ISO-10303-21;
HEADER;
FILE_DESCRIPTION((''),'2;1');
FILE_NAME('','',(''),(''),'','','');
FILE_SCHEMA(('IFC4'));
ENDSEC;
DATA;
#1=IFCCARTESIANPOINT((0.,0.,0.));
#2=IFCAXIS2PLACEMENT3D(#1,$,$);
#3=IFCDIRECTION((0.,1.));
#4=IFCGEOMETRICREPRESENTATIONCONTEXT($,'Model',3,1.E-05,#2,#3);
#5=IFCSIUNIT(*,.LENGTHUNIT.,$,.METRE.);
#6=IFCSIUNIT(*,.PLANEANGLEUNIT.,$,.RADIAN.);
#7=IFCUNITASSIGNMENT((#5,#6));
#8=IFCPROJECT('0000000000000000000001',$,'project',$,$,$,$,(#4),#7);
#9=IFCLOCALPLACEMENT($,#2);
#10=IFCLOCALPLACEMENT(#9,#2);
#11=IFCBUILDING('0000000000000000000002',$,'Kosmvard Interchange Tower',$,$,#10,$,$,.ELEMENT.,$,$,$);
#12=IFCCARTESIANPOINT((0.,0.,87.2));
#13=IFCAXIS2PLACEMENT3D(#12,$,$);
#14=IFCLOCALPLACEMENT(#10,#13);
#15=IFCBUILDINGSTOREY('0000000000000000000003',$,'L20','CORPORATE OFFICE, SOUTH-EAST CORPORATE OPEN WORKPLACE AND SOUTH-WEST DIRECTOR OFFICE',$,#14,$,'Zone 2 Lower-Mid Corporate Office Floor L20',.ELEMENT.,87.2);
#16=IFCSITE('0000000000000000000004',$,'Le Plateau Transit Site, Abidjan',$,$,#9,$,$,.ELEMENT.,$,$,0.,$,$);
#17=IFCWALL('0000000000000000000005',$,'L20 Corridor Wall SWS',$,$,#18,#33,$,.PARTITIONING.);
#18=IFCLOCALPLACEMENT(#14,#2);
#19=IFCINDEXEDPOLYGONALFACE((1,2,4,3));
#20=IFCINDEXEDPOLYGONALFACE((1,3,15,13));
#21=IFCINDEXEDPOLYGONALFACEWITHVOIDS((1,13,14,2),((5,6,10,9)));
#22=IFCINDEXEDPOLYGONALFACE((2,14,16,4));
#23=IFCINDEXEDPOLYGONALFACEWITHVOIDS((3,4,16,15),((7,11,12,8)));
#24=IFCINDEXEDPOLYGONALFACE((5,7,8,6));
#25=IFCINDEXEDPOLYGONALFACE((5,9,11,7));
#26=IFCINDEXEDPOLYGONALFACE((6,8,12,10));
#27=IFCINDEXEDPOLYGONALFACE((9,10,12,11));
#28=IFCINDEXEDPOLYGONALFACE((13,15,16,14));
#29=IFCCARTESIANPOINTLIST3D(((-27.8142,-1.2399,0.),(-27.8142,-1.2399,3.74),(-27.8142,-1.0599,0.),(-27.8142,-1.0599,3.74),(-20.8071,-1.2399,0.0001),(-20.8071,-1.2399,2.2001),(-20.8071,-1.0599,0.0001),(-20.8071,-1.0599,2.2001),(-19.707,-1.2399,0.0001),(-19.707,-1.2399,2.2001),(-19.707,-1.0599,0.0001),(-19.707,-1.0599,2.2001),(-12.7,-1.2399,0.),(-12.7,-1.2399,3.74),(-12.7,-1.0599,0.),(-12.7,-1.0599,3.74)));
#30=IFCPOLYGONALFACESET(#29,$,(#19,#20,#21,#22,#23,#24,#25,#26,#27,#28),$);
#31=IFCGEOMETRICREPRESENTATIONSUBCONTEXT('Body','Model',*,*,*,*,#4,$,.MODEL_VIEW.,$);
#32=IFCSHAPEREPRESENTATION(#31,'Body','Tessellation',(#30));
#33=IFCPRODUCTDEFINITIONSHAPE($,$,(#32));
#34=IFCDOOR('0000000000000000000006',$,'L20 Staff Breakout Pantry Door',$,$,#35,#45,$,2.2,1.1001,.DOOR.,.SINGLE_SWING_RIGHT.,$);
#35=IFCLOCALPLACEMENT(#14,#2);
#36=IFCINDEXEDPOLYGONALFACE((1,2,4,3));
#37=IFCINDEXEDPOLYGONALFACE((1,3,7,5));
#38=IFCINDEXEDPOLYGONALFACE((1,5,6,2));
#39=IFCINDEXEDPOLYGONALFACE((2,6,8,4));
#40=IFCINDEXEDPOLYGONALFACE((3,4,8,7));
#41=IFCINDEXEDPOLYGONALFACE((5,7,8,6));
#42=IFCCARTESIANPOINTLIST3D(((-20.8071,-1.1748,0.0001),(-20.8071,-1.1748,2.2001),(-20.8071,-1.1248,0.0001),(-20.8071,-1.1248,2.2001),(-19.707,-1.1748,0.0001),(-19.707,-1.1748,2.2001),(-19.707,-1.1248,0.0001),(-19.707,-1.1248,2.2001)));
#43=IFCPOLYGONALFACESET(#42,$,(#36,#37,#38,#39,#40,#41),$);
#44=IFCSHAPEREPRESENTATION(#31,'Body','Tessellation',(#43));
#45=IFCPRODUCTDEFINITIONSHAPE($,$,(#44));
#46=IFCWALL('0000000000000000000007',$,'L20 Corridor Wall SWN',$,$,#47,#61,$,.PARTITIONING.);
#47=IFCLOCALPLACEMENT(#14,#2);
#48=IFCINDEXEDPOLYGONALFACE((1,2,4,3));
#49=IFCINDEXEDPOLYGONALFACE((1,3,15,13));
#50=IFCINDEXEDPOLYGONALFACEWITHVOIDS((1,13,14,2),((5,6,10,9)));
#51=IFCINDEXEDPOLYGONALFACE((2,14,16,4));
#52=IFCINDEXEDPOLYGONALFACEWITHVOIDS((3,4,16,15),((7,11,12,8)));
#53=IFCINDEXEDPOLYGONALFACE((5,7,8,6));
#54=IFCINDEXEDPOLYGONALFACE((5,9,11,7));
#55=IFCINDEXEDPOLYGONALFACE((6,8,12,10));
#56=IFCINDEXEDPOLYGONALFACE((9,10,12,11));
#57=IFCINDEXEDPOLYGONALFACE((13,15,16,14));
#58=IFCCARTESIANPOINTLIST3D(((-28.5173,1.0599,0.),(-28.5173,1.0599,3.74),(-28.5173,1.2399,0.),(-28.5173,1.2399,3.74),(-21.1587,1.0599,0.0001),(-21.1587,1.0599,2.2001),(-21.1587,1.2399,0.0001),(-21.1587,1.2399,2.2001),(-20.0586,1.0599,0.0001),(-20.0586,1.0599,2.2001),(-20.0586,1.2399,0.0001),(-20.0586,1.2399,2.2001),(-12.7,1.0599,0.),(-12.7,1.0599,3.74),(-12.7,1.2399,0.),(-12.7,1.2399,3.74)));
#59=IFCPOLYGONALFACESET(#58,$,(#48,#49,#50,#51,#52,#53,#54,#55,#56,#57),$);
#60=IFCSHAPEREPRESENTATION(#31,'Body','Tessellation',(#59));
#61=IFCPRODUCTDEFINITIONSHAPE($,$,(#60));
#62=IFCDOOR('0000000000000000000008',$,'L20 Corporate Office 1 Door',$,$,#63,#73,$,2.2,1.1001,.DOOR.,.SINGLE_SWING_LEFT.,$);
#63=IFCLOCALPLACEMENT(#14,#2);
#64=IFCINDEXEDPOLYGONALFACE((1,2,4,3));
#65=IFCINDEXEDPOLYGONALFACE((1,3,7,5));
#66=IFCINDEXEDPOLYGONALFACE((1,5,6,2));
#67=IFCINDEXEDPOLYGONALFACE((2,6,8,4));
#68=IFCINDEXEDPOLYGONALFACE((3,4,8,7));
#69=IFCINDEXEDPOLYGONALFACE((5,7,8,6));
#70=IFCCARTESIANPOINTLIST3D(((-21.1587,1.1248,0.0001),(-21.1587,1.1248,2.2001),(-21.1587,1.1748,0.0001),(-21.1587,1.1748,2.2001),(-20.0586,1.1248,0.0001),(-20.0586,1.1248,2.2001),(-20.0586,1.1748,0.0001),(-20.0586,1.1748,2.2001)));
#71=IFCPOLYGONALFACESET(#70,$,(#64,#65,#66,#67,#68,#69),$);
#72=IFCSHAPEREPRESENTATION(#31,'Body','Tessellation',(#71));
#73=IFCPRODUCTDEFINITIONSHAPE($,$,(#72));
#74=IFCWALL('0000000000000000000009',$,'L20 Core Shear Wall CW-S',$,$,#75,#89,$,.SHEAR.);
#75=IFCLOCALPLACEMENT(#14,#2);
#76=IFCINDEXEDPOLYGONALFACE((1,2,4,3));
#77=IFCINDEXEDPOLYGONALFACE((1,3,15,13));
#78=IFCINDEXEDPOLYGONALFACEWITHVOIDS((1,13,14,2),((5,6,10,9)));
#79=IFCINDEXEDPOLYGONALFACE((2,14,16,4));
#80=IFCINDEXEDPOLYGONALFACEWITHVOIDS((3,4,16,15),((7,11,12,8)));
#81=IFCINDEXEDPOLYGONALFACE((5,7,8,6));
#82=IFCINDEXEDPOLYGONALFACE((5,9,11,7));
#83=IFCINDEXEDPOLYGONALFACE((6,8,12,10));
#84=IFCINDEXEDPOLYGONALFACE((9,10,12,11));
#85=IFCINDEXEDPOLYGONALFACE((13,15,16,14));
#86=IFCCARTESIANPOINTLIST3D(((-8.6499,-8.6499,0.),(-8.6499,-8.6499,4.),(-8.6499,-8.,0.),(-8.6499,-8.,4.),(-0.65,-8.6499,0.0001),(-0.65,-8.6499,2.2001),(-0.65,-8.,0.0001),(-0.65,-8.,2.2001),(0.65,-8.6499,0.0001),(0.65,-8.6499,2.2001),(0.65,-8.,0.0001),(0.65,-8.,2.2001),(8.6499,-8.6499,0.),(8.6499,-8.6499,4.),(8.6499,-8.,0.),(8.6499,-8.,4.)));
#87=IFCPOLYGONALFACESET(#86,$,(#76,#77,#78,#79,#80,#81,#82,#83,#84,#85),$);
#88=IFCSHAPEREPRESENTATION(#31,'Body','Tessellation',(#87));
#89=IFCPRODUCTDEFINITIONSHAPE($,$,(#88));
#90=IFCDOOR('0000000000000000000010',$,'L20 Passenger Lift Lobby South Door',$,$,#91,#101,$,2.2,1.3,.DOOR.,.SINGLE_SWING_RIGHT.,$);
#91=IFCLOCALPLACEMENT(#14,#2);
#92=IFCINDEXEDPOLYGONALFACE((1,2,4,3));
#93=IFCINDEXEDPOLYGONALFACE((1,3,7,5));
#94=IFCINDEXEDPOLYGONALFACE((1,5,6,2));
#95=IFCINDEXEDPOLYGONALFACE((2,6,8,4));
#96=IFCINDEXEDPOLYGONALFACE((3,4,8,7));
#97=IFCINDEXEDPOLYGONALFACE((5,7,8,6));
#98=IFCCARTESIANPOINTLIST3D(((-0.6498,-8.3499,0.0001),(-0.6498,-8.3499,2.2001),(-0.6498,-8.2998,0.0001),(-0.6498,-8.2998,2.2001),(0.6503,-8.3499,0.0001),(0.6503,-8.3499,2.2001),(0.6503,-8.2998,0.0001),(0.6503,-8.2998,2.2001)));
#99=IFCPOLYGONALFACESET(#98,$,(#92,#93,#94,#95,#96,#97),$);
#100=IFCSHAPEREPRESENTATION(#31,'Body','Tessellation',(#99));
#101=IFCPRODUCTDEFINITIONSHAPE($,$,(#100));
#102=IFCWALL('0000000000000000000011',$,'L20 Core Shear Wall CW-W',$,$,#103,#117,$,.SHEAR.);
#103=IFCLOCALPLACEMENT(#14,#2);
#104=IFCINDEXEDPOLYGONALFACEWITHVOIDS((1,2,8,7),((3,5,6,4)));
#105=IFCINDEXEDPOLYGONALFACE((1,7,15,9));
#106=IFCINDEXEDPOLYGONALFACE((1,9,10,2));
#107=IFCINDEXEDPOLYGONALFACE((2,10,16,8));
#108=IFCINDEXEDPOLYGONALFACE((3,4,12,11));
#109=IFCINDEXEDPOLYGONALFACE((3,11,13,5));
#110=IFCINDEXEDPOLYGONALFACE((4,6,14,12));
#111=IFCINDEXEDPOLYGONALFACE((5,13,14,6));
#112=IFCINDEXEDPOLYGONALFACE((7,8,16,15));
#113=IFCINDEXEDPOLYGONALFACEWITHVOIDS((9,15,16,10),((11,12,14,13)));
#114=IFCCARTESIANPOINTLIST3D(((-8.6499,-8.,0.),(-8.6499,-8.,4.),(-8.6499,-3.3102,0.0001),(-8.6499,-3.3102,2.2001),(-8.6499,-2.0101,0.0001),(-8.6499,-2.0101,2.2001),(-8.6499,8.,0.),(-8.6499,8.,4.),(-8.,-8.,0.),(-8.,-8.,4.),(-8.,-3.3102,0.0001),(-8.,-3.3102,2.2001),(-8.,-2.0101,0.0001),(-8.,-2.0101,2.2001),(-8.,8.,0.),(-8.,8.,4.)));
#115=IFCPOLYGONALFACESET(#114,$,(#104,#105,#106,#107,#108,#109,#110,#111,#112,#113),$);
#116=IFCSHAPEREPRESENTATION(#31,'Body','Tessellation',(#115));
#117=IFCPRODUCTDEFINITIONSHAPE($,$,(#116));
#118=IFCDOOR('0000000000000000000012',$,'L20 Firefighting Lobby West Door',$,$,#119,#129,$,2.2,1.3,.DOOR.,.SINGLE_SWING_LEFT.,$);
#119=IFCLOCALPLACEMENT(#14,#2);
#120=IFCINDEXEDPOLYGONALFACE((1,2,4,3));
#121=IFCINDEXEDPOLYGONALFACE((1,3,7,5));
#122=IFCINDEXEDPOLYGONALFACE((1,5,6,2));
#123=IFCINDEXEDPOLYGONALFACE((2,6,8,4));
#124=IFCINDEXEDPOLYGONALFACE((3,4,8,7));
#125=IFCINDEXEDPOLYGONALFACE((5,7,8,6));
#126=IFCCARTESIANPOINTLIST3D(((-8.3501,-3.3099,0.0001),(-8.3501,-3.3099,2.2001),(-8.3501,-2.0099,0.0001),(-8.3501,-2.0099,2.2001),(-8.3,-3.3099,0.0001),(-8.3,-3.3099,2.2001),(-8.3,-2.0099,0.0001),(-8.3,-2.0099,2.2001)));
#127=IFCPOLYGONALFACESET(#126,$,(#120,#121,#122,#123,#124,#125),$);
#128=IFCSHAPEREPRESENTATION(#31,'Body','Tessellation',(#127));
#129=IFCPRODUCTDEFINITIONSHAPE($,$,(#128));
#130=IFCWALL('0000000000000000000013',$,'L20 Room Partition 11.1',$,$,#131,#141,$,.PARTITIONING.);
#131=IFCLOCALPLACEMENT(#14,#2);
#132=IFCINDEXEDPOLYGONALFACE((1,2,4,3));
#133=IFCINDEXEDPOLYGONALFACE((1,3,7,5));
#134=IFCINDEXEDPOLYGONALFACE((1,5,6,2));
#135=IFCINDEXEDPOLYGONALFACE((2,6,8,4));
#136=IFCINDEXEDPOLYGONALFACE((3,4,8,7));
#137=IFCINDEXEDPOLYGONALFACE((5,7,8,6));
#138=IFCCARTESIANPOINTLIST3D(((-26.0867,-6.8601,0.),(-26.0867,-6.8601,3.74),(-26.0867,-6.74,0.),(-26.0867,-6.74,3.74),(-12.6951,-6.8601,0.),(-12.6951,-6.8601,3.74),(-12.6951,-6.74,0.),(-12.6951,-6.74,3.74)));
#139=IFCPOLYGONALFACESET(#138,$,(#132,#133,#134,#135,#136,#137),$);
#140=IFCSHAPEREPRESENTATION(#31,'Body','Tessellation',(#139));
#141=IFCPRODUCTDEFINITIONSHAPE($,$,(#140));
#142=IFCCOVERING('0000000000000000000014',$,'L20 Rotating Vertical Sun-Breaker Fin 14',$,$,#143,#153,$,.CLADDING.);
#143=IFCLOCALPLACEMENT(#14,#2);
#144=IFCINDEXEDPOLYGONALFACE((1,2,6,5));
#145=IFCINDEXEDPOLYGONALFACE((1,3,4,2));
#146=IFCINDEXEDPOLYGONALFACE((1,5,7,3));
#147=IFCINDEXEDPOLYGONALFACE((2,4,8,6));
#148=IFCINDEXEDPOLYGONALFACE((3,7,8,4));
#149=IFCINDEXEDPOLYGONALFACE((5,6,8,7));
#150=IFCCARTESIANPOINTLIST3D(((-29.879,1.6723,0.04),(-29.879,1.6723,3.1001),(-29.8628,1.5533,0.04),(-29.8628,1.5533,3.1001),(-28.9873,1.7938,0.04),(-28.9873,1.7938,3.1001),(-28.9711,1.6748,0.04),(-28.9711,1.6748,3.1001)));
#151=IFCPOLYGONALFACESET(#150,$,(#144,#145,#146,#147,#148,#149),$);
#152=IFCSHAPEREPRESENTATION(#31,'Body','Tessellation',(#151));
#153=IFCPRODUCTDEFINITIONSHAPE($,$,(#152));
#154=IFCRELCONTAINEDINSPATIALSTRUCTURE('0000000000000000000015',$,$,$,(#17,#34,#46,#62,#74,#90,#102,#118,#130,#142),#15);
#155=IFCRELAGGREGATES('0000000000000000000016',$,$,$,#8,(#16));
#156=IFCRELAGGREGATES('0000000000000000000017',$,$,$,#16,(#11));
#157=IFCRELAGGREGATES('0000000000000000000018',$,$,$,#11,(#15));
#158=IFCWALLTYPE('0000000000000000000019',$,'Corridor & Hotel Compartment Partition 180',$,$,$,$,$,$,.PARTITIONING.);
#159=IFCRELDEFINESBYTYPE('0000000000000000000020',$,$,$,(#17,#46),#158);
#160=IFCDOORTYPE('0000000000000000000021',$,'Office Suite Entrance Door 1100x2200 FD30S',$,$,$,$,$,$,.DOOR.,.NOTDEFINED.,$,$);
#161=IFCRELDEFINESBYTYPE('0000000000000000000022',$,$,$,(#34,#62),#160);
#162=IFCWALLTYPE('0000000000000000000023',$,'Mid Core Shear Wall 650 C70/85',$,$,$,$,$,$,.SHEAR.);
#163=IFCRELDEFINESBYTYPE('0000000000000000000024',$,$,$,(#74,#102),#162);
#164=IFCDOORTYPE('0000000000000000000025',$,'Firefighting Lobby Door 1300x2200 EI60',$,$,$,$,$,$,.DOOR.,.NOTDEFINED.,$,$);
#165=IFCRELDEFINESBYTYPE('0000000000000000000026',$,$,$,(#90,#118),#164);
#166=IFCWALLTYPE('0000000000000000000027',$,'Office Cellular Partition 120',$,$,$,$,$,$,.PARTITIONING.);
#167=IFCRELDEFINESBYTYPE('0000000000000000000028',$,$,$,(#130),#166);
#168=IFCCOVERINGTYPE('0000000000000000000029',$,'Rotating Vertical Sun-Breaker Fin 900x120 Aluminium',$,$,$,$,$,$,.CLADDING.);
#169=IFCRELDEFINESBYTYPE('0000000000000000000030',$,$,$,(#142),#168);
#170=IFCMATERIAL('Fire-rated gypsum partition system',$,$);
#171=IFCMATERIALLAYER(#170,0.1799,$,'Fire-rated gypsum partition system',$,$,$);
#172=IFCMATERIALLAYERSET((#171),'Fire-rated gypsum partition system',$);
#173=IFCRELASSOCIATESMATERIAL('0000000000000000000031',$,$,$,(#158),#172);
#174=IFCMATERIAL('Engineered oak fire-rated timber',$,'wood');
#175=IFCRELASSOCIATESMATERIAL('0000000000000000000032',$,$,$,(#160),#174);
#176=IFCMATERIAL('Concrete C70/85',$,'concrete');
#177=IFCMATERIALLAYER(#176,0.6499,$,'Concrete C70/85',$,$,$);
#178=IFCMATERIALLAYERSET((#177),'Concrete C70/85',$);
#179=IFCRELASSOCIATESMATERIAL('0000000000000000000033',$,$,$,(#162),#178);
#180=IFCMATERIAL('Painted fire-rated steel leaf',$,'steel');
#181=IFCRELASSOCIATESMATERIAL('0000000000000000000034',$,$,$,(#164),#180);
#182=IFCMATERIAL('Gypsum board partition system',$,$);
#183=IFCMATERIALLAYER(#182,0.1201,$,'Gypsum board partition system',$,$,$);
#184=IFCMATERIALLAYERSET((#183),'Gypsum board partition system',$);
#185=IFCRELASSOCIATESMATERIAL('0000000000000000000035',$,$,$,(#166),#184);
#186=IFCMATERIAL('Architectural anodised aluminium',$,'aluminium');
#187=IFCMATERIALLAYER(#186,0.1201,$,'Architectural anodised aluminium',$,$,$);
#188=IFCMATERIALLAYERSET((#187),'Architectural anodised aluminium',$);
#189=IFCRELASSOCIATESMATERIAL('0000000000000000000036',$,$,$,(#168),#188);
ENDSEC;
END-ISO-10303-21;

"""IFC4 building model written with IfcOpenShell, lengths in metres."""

from ifc_helpers import new_model, si_unit, direction, frame, frame_2d, origin, origin_2d, place, context, subcontext, project, spatial, rectangle, extrude, source, transform, mapped, material, layer, layer_set, type_object, element, fill, save


model = new_model("IFC4")

# Units and contexts
model_context = context("Model", 3, precision=1e-05, world=origin(), true_north=direction((0.0, 1.0)))
body_context = subcontext(model_context, "Body", "Model", "MODEL_VIEW")
ifc_project = project(units=[si_unit("LENGTHUNIT", "METRE"), si_unit("PLANEANGLEUNIT", "RADIAN")], contexts=[model_context])

# Site, building, storey
site_placement = place(None, origin())
site = spatial("IfcSite", under=ifc_project, at=site_placement, Name="Le Plateau Transit Site, Abidjan", CompositionType="ELEMENT", RefElevation=0.0)
building_placement = place(site_placement, origin())
building = spatial("IfcBuilding", under=site, at=building_placement, Name="Kosmvard Interchange Tower", CompositionType="ELEMENT")
storey_placement = place(building_placement, frame((0.0, 0.0, 87.2)))
storey = spatial("IfcBuildingStorey", under=building, at=storey_placement, Name="L20", Description="CORPORATE OFFICE, SOUTH-EAST CORPORATE OPEN WORKPLACE AND SOUTH-WEST DIRECTOR OFFICE", LongName="Zone 2 Lower-Mid Corporate Office Floor L20", CompositionType="ELEMENT", Elevation=87.2)

# Shared definitions
ifc_material_1 = material(Name="Fire-rated gypsum partition system")
ifc_layer_1 = layer(ifc_material_1, 0.1799, Name="Fire-rated gypsum partition system")
ifc_layer_set_1 = layer_set([ifc_layer_1], Name="Fire-rated gypsum partition system")
wall_type_1 = type_object("IfcWallType", Name="Corridor & Hotel Compartment Partition 180", PredefinedType="PARTITIONING", material=ifc_layer_set_1)

# Walls, openings, doors
ifc_material_2 = material(Name="Engineered oak fire-rated timber", Category="wood")
door_type_1 = type_object("IfcDoorType", Name="Office Suite Entrance Door 1100x2200 FD30S", OperationType="NOTDEFINED", PredefinedType="DOOR", material=ifc_material_2)
shared_shape_1 = source(origin(), body_context, "Body", "SweptSolid", [
    extrude(rectangle(XDim=1.1001, YDim=2.2, at=frame_2d((0.55, 1.1001))), frame((0.0, 0.0249, 0.0), z_axis=(0.0, -1.0, 0.0), x_axis=(1.0, 0.0, 0.0)), (0.0, 0.0, 1.0), 0.05),
])
wall_1_placement = place(storey_placement, frame((-27.8142, -1.1499, 0.0), z_axis=(0.0, 0.0, 1.0), x_axis=(1.0, 0.0, 0.0)))
wall_1 = element("IfcWall", 1, at=wall_1_placement, inside=storey, type_object=wall_type_1, Name="L20 Corridor Wall SWS", PredefinedType="PARTITIONING", context=body_context, shape_type="SweptSolid", body=[
    extrude(rectangle(XDim=15.1143, YDim=0.1799, at=frame_2d((7.5571, 0.0))), origin(), (0.0, 0.0, 1.0), 3.74),
])
opening_1_placement = place(wall_1_placement, frame((7.0071, 0.0, 0.0)))
opening_1 = element("IfcOpeningElement", 2, at=opening_1_placement, cuts=wall_1, PredefinedType="OPENING", context=body_context, shape_type="SweptSolid", body=[
    extrude(rectangle(XDim=1.1001, YDim=2.2, at=frame_2d((0.55, 1.1001))), frame((0.0, 0.1001, 0.0), z_axis=(0.0, -1.0, 0.0), x_axis=(1.0, 0.0, 0.0)), (0.0, 0.0, 1.0), 0.2),
])
door_1_placement = place(opening_1_placement, frame((1.1001, 0.0, 0.0), z_axis=(0.0, 0.0, 1.0), x_axis=(-1.0, 0.0, 0.0)))
door_1 = element("IfcDoor", 3, at=door_1_placement, inside=storey, type_object=door_type_1, Name="L20 Staff Breakout Pantry Door", OperationType="SINGLE_SWING_RIGHT", OverallHeight=2.2, OverallWidth=1.1001, PredefinedType="DOOR", context=body_context, shape_type="MappedRepresentation", body=[
    mapped(shared_shape_1, transform((0.0, 0.0, 0.0), scale=1.0)),
])
fill(opening_1, door_1)
wall_2_placement = place(storey_placement, frame((-28.5173, 1.1499, 0.0), z_axis=(0.0, 0.0, 1.0), x_axis=(1.0, 0.0, 0.0)))
wall_2 = element("IfcWall", 4, at=wall_2_placement, inside=storey, type_object=wall_type_1, Name="L20 Corridor Wall SWN", PredefinedType="PARTITIONING", context=body_context, shape_type="SweptSolid", body=[
    extrude(rectangle(XDim=15.8174, YDim=0.1799, at=frame_2d((7.9087, 0.0))), origin(), (0.0, 0.0, 1.0), 3.74),
])
opening_2_placement = place(wall_2_placement, frame((7.3586, 0.0, 0.0)))
opening_2 = element("IfcOpeningElement", 5, at=opening_2_placement, cuts=wall_2, PredefinedType="OPENING", context=body_context, shape_type="SweptSolid", body=[
    extrude(rectangle(XDim=1.1001, YDim=2.2, at=frame_2d((0.55, 1.1001))), frame((0.0, 0.1001, 0.0), z_axis=(0.0, -1.0, 0.0), x_axis=(1.0, 0.0, 0.0)), (0.0, 0.0, 1.0), 0.2),
])
door_2_placement = place(opening_2_placement, origin())
door_2 = element("IfcDoor", 6, at=door_2_placement, inside=storey, type_object=door_type_1, Name="L20 Corporate Office 1 Door", OperationType="SINGLE_SWING_LEFT", OverallHeight=2.2, OverallWidth=1.1001, PredefinedType="DOOR", context=body_context, shape_type="MappedRepresentation", body=[
    mapped(shared_shape_1, transform((0.0, 0.0, 0.0), scale=1.0)),
])
fill(opening_2, door_2)
ifc_material_3 = material(Name="Concrete C70/85", Category="concrete")
ifc_layer_2 = layer(ifc_material_3, 0.6499, Name="Concrete C70/85")
ifc_layer_set_2 = layer_set([ifc_layer_2], Name="Concrete C70/85")
wall_type_2 = type_object("IfcWallType", Name="Mid Core Shear Wall 650 C70/85", PredefinedType="SHEAR", material=ifc_layer_set_2)
wall_3_placement = place(storey_placement, frame((-8.6499, -8.325, 0.0), z_axis=(0.0, 0.0, 1.0), x_axis=(1.0, 0.0, 0.0)))
wall_3 = element("IfcWall", 7, at=wall_3_placement, inside=storey, type_object=wall_type_2, Name="L20 Core Shear Wall CW-S", PredefinedType="SHEAR", context=body_context, shape_type="SweptSolid", body=[
    extrude(rectangle(XDim=17.2998, YDim=0.6499, at=frame_2d((8.6499, 0.0))), origin(), (0.0, 0.0, 1.0), 4.0),
])
opening_3_placement = place(wall_3_placement, frame((8.0, 0.0, 0.0)))
opening_3 = element("IfcOpeningElement", 8, at=opening_3_placement, cuts=wall_3, PredefinedType="OPENING", context=body_context, shape_type="SweptSolid", body=[
    extrude(rectangle(XDim=1.3, YDim=2.2, at=frame_2d((0.6499, 1.1001))), frame((0.0, 0.335, 0.0), z_axis=(0.0, -1.0, 0.0), x_axis=(1.0, 0.0, 0.0)), (0.0, 0.0, 1.0), 0.6699),
])
ifc_material_4 = material(Name="Painted fire-rated steel leaf", Category="steel")
door_type_2 = type_object("IfcDoorType", Name="Firefighting Lobby Door 1300x2200 EI60", OperationType="NOTDEFINED", PredefinedType="DOOR", material=ifc_material_4)
shared_shape_2 = source(origin(), body_context, "Body", "SweptSolid", [
    extrude(rectangle(XDim=1.3, YDim=2.2, at=frame_2d((0.6499, 1.1001))), frame((0.0, 0.0249, 0.0), z_axis=(0.0, -1.0, 0.0), x_axis=(1.0, 0.0, 0.0)), (0.0, 0.0, 1.0), 0.05),
])
door_3_placement = place(opening_3_placement, frame((1.3, 0.0, 0.0), z_axis=(0.0, 0.0, 1.0), x_axis=(-1.0, 0.0, 0.0)))
door_3 = element("IfcDoor", 9, at=door_3_placement, inside=storey, type_object=door_type_2, Name="L20 Passenger Lift Lobby South Door", OperationType="SINGLE_SWING_RIGHT", OverallHeight=2.2, OverallWidth=1.3, PredefinedType="DOOR", context=body_context, shape_type="MappedRepresentation", body=[
    mapped(shared_shape_2, transform((0.0, 0.0, 0.0), scale=1.0)),
])
fill(opening_3, door_3)
wall_4_placement = place(storey_placement, frame((-8.325, -8.0, 0.0), z_axis=(0.0, 0.0, 1.0), x_axis=(0.0, 1.0, 0.0)))
wall_4 = element("IfcWall", 10, at=wall_4_placement, inside=storey, type_object=wall_type_2, Name="L20 Core Shear Wall CW-W", PredefinedType="SHEAR", context=body_context, shape_type="SweptSolid", body=[
    extrude(rectangle(XDim=16.0, YDim=0.6499, at=frame_2d((8.0, 0.0))), origin(), (0.0, 0.0, 1.0), 4.0),
])
opening_4_placement = place(wall_4_placement, frame((4.6899, 0.0, 0.0)))
opening_4 = element("IfcOpeningElement", 11, at=opening_4_placement, cuts=wall_4, PredefinedType="OPENING", context=body_context, shape_type="SweptSolid", body=[
    extrude(rectangle(XDim=1.3, YDim=2.2, at=frame_2d((0.6499, 1.1001))), frame((0.0, 0.335, 0.0), z_axis=(0.0, -1.0, 0.0), x_axis=(1.0, 0.0, 0.0)), (0.0, 0.0, 1.0), 0.6699),
])
door_4_placement = place(opening_4_placement, frame((1.3, 0.0, 0.0), z_axis=(0.0, 0.0, 1.0), x_axis=(-1.0, 0.0, 0.0)))
door_4 = element("IfcDoor", 12, at=door_4_placement, inside=storey, type_object=door_type_2, Name="L20 Firefighting Lobby West Door", OperationType="SINGLE_SWING_LEFT", OverallHeight=2.2, OverallWidth=1.3, PredefinedType="DOOR", context=body_context, shape_type="MappedRepresentation", body=[
    mapped(shared_shape_2, transform((0.0, 0.0, 0.0), scale=1.0)),
])
fill(opening_4, door_4)

# Wall
ifc_material_5 = material(Name="Gypsum board partition system")
ifc_layer_3 = layer(ifc_material_5, 0.1201, Name="Gypsum board partition system")
ifc_layer_set_3 = layer_set([ifc_layer_3], Name="Gypsum board partition system")
wall_type_3 = type_object("IfcWallType", Name="Office Cellular Partition 120", PredefinedType="PARTITIONING", material=ifc_layer_set_3)
wall_5_placement = place(storey_placement, frame((-26.0867, -6.8, 0.0), z_axis=(0.0, 0.0, 1.0), x_axis=(1.0, 0.0, 0.0)))
element("IfcWall", 13, at=wall_5_placement, inside=storey, type_object=wall_type_3, Name="L20 Room Partition 11.1", PredefinedType="PARTITIONING", context=body_context, shape_type="SweptSolid", body=[
    extrude(rectangle(XDim=13.3916, YDim=0.1201, at=frame_2d((6.6958, 0.0))), origin(), (0.0, 0.0, 1.0), 3.74),
])

# Covering
ifc_material_6 = material(Name="Architectural anodised aluminium", Category="aluminium")
ifc_layer_4 = layer(ifc_material_6, 0.1201, Name="Architectural anodised aluminium")
ifc_layer_set_4 = layer_set([ifc_layer_4], Name="Architectural anodised aluminium")
covering_type = type_object("IfcCoveringType", Name="Rotating Vertical Sun-Breaker Fin 900x120 Aluminium", PredefinedType="CLADDING", material=ifc_layer_set_4)
shared_shape_3 = source(origin(), body_context, "Body", "SweptSolid", [
    extrude(rectangle(XDim=0.8999, YDim=0.1201, at=origin_2d()), origin(), (0.0, 0.0, 1.0), 3.0601),
])
covering_placement = place(storey_placement, frame((-29.425, 1.6736, 0.04), z_axis=(0.0, 0.0, 1.0), x_axis=(-0.990842, -0.135024, 0.0)))
element("IfcCovering", 14, at=covering_placement, inside=storey, type_object=covering_type, Name="L20 Rotating Vertical Sun-Breaker Fin 14", PredefinedType="CLADDING", context=body_context, shape_type="MappedRepresentation", body=[
    mapped(shared_shape_3, transform((0.0, 0.0, 0.0), scale=1.0)),
])

save(model, "model.ifc")
